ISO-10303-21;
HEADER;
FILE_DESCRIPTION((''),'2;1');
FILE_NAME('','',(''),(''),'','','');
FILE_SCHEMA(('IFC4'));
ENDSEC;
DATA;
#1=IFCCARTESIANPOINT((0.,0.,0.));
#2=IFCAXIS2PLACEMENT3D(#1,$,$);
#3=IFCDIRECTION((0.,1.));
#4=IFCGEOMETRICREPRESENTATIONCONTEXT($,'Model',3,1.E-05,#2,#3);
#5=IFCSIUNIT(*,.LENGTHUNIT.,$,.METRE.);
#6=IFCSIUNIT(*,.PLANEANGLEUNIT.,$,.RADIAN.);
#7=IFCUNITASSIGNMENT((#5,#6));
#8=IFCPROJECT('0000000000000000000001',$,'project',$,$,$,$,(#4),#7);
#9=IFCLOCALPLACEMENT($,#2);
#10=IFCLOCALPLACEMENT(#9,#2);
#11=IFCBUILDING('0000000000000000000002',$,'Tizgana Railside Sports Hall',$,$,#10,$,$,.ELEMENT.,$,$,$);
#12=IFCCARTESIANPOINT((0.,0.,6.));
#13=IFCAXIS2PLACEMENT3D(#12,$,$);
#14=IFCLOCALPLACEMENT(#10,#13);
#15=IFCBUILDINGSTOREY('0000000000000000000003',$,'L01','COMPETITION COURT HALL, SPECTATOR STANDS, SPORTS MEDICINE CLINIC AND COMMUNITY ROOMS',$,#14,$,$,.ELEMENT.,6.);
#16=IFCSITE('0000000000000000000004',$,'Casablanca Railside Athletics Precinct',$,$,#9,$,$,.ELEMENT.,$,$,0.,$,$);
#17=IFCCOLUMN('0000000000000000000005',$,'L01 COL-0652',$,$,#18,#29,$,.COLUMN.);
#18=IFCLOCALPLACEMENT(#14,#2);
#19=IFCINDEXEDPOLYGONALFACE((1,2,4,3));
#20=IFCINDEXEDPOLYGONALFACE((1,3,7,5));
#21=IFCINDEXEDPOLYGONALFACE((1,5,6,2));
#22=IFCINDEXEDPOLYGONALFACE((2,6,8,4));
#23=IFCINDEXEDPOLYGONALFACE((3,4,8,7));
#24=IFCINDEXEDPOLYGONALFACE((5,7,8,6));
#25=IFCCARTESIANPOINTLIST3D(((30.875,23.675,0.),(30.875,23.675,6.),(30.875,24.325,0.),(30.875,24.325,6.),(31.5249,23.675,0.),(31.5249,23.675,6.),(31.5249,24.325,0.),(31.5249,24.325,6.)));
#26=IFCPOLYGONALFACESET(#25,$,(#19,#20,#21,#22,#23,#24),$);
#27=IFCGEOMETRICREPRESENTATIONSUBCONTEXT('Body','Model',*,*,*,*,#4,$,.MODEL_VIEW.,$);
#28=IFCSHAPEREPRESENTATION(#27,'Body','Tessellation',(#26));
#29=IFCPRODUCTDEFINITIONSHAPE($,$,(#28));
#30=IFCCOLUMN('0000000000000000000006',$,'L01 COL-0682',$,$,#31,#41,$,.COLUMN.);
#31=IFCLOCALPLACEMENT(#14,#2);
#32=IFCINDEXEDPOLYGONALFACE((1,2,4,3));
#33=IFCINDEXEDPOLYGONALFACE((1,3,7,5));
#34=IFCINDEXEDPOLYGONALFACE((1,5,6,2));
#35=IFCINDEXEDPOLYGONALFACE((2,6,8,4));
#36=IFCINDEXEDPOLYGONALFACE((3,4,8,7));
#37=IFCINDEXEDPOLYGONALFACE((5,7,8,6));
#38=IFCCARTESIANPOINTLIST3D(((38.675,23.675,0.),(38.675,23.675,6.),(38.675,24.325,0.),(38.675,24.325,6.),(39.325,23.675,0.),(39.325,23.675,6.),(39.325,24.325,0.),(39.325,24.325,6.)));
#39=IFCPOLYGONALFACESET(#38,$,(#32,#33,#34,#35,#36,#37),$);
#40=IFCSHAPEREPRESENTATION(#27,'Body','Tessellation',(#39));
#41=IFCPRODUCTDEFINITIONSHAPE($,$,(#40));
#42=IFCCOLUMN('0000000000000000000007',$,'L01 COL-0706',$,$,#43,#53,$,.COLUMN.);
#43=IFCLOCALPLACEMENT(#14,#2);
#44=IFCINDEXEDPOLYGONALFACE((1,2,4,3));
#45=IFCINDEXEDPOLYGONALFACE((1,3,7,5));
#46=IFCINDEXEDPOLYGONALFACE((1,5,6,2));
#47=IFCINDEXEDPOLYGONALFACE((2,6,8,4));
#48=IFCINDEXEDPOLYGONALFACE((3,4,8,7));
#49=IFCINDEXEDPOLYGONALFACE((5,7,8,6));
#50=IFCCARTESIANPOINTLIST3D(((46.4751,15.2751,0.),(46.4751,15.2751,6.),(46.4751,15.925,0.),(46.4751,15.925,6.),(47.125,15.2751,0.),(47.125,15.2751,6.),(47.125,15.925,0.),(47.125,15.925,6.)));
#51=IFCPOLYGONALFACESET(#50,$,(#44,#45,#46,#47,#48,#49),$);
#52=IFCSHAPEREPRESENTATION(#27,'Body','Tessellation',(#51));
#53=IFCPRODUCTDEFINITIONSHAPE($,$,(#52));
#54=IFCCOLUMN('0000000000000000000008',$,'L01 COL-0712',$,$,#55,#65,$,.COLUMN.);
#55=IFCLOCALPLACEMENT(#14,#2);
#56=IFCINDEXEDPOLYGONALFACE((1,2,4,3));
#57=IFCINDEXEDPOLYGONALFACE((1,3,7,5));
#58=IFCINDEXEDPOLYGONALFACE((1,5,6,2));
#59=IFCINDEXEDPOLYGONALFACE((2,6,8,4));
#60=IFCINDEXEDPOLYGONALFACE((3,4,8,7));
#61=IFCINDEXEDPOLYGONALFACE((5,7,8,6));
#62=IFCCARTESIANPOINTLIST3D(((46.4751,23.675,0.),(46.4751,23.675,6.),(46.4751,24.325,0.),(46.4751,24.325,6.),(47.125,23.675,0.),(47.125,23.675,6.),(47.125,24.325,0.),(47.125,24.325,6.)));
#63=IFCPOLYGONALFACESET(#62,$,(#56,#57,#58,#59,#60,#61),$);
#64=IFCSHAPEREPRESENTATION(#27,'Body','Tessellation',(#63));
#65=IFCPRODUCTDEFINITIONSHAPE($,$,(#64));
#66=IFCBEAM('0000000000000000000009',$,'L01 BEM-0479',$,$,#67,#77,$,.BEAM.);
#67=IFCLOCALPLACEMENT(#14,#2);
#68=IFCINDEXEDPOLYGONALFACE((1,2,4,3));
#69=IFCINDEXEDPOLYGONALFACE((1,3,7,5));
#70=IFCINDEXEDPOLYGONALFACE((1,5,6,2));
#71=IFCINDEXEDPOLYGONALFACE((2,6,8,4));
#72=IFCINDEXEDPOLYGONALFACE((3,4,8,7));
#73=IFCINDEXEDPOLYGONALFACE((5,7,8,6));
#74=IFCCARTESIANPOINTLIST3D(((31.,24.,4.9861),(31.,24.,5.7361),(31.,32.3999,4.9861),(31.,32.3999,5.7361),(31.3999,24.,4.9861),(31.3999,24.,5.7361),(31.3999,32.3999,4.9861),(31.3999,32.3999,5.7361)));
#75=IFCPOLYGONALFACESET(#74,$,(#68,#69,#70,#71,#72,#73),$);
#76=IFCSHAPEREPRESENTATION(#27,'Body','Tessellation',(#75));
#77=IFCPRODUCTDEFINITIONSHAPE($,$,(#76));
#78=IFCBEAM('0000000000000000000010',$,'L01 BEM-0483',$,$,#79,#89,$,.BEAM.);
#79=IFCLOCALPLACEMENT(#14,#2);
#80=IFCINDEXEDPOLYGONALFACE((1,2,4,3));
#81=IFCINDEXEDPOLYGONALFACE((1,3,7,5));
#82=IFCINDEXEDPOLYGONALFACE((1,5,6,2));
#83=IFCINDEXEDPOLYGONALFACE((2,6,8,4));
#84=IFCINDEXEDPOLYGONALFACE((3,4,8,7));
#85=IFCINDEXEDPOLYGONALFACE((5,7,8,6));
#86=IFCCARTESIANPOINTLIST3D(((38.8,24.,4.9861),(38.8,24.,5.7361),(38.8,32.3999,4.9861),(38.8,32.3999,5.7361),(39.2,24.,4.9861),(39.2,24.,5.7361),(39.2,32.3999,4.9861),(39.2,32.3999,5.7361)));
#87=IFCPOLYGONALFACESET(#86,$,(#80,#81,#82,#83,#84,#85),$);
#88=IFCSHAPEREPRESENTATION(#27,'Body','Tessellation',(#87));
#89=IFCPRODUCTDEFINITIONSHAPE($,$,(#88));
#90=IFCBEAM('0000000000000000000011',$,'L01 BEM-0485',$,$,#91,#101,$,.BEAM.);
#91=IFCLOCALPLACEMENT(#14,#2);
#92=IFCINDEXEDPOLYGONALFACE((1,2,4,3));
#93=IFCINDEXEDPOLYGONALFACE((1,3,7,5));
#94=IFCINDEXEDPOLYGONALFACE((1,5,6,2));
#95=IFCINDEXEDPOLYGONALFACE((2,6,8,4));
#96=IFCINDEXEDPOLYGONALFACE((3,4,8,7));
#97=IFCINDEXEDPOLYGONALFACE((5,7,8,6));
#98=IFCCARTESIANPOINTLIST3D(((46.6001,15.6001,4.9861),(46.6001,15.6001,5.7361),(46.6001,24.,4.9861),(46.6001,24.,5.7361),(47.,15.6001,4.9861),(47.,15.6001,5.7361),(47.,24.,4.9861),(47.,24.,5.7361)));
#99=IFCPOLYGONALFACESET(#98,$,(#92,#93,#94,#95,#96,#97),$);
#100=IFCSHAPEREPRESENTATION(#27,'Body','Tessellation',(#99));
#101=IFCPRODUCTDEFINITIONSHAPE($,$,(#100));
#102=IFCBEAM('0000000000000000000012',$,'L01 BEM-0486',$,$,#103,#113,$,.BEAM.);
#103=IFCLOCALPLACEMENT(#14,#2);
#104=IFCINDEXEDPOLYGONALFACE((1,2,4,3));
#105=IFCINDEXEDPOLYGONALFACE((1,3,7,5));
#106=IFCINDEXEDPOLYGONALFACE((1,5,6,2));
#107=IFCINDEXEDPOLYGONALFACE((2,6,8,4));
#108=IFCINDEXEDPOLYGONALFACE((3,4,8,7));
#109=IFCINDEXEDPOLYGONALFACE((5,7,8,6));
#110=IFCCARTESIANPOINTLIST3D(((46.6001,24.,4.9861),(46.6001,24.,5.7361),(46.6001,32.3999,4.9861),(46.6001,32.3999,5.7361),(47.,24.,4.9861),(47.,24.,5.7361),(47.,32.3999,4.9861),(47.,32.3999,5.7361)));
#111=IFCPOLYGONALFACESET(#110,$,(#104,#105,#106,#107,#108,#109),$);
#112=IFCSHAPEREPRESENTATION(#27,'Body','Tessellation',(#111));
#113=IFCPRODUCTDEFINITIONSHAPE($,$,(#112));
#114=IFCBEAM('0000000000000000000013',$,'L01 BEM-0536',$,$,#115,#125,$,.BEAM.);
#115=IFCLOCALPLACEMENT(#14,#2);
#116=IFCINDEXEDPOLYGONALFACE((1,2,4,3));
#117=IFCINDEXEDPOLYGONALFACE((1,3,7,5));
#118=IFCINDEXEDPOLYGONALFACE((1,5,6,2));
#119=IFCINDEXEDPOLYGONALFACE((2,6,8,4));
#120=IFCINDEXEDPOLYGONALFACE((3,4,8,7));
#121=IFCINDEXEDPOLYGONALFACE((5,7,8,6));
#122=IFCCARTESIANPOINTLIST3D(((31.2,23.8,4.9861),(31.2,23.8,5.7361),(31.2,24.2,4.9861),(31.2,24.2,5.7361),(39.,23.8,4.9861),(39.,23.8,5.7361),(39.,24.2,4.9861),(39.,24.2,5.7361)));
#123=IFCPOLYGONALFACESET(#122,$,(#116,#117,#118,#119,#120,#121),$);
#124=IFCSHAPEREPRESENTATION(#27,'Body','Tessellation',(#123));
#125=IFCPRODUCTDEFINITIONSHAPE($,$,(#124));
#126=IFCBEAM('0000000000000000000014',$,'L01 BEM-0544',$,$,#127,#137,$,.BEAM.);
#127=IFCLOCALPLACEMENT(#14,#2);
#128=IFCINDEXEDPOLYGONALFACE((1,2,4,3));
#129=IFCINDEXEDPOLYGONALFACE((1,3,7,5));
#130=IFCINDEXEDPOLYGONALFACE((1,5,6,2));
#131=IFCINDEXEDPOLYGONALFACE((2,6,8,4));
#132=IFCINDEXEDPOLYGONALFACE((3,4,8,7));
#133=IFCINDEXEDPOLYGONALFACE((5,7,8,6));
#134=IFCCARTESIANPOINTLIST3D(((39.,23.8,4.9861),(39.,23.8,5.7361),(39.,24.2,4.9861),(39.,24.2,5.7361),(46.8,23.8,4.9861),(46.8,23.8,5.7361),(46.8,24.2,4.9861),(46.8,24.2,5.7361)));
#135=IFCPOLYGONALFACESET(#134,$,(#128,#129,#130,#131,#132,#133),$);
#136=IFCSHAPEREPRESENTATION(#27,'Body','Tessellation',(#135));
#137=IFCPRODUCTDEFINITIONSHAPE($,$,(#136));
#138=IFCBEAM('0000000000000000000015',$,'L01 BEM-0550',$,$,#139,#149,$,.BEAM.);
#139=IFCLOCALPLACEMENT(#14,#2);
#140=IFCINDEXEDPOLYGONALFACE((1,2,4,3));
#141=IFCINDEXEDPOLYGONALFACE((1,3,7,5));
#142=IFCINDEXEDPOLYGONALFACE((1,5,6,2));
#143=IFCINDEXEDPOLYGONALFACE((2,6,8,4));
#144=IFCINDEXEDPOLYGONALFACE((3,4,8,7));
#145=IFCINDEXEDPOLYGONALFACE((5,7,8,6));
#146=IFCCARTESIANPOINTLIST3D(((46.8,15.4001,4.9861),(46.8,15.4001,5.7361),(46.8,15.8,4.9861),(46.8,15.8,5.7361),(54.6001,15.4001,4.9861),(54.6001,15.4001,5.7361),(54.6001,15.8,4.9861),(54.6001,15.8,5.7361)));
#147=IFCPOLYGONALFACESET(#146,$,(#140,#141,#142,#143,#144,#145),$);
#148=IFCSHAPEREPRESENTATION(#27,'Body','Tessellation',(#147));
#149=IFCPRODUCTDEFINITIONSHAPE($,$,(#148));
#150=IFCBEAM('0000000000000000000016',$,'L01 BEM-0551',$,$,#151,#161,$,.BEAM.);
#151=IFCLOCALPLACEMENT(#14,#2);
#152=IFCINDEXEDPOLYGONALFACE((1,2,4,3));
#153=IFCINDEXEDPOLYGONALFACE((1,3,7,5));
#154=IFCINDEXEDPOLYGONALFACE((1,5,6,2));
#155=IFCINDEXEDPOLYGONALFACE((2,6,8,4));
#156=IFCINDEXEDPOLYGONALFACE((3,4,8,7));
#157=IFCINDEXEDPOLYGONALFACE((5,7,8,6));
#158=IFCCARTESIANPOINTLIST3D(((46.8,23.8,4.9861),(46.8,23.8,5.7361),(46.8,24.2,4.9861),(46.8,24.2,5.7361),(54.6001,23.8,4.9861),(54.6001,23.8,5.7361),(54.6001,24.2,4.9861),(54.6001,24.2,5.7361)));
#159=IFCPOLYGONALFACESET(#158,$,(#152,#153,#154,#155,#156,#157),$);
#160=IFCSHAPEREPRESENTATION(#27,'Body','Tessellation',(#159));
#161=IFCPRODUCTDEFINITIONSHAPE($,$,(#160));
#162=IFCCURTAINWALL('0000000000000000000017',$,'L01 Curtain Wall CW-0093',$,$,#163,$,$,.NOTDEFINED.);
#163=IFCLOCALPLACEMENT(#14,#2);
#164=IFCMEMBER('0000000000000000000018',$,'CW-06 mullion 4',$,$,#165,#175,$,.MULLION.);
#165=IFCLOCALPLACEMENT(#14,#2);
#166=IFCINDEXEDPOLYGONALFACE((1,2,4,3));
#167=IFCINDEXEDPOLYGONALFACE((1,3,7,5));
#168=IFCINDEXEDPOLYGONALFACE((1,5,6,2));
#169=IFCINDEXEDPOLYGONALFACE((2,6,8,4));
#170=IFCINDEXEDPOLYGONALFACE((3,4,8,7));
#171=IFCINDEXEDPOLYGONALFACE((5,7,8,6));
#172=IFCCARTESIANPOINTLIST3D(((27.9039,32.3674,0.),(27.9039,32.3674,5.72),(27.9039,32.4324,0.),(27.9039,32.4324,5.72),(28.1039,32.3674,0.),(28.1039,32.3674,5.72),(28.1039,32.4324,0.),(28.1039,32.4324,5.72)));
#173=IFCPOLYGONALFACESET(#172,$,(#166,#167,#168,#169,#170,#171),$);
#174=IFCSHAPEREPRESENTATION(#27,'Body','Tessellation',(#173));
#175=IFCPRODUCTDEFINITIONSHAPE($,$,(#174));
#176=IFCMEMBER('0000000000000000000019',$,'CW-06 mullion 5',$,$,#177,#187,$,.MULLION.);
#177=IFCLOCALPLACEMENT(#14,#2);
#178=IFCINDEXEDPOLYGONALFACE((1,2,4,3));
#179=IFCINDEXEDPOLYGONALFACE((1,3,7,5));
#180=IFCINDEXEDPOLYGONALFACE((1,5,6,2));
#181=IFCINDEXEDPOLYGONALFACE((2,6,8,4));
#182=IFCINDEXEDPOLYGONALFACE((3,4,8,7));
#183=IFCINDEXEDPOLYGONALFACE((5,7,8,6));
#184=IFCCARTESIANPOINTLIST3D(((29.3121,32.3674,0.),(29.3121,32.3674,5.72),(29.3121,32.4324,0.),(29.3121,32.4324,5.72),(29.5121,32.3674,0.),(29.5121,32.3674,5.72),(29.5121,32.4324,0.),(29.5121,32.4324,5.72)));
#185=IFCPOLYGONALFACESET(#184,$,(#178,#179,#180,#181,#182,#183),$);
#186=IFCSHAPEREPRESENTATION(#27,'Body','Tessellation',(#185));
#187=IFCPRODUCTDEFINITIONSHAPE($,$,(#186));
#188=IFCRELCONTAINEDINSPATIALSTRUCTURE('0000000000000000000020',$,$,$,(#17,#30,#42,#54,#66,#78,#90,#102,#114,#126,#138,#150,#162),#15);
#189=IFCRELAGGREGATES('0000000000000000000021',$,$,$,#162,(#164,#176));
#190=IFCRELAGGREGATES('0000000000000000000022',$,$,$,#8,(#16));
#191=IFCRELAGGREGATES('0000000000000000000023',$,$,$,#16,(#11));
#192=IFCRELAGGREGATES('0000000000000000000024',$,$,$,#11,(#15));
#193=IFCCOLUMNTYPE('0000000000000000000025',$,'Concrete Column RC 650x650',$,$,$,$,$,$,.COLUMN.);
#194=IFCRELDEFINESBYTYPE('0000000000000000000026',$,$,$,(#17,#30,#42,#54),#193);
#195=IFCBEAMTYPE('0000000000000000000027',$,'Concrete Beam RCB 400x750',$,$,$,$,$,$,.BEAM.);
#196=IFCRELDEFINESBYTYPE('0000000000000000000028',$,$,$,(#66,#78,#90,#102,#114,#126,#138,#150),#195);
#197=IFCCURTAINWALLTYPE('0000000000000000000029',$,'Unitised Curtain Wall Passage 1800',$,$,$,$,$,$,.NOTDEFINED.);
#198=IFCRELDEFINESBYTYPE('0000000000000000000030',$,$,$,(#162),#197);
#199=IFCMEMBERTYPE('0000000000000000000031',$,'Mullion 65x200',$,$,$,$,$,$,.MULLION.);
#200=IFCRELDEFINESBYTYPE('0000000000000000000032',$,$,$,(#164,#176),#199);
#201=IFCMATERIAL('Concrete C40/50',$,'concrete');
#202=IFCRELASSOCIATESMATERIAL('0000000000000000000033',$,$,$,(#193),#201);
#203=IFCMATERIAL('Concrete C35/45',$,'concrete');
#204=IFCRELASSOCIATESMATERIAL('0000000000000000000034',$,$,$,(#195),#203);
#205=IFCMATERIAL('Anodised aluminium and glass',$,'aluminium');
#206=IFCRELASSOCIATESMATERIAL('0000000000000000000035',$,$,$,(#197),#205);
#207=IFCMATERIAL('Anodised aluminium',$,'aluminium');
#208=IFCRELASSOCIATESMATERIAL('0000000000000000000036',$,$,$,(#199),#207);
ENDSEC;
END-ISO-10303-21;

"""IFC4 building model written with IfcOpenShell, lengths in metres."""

from ifc_helpers import new_model, si_unit, direction, frame, origin, origin_2d, place, context, subcontext, project, spatial, rectangle, extrude, material, material_profile, profile_set, type_object, element, aggregate, save


model = new_model("IFC4")

# Units and contexts
model_context = context("Model", 3, precision=1e-05, world=origin(), true_north=direction((0.0, 1.0)))
body_context = subcontext(model_context, "Body", "Model", "MODEL_VIEW")
ifc_project = project(units=[si_unit("LENGTHUNIT", "METRE"), si_unit("PLANEANGLEUNIT", "RADIAN")], contexts=[model_context])

# Site, building, storey
site_placement = place(None, origin())
site = spatial("IfcSite", under=ifc_project, at=site_placement, Name="Casablanca Railside Athletics Precinct", CompositionType="ELEMENT", RefElevation=0.0)
building_placement = place(site_placement, origin())
building = spatial("IfcBuilding", under=site, at=building_placement, Name="Tizgana Railside Sports Hall", CompositionType="ELEMENT")
storey_placement = place(building_placement, frame((0.0, 0.0, 6.0)))
storey = spatial("IfcBuildingStorey", under=building, at=storey_placement, Name="L01", Description="COMPETITION COURT HALL, SPECTATOR STANDS, SPORTS MEDICINE CLINIC AND COMMUNITY ROOMS", CompositionType="ELEMENT", Elevation=6.0)

# Columns
ifc_material_1 = material(Name="Concrete C40/50", Category="concrete")
ifc_material_profile_1 = material_profile(ifc_material_1, rectangle(XDim=0.6499, YDim=0.6499, at=origin_2d()), Name="RC 650x650")
ifc_profile_set_1 = profile_set([ifc_material_profile_1], Name="Concrete C40/50")
column_type = type_object("IfcColumnType", Name="Concrete Column RC 650x650", PredefinedType="COLUMN", material=ifc_profile_set_1)
for number, where, z_axis, x_axis, name in (
    (1, (31.2, 24.0, 0.0), (0.0, 0.0, 1.0), (1.0, 0.0, 0.0), "L01 COL-0652"),
    (2, (39.0, 24.0, 0.0), (0.0, 0.0, 1.0), (1.0, 0.0, 0.0), "L01 COL-0682"),
    (3, (46.8, 15.6001, 0.0), (0.0, 0.0, 1.0), (1.0, 0.0, 0.0), "L01 COL-0706"),
    (4, (46.8, 24.0, 0.0), (0.0, 0.0, 1.0), (1.0, 0.0, 0.0), "L01 COL-0712"),
):
    element("IfcColumn", number, at=place(storey_placement, frame(where, z_axis=z_axis, x_axis=x_axis)), inside=storey, type_object=column_type, Name=name, PredefinedType="COLUMN", context=body_context, shape_type="SweptSolid", body=[
        extrude(rectangle(XDim=0.6499, YDim=0.6499, at=origin_2d()), origin(), (0.0, 0.0, 1.0), 6.0),
    ])

# Beams
ifc_material_2 = material(Name="Concrete C35/45", Category="concrete")
ifc_material_profile_2 = material_profile(ifc_material_2, rectangle(XDim=0.3999, YDim=0.75, at=origin_2d()), Name="RCB 400x750")
ifc_profile_set_2 = profile_set([ifc_material_profile_2], Name="Concrete C35/45")
beam_type_1 = type_object("IfcBeamType", Name="Concrete Beam RCB 400x750", PredefinedType="BEAM", material=ifc_profile_set_2)
for number, where, z_axis, x_axis, name in (
    (5, (31.2, 24.0, 5.3611), (0.0, 1.0, 0.0), (-1.0, 0.0, 0.0), "L01 BEM-0479"),
    (6, (39.0, 24.0, 5.3611), (0.0, 1.0, 0.0), (-1.0, 0.0, 0.0), "L01 BEM-0483"),
    (7, (46.8, 15.6001, 5.3611), (0.0, 1.0, 0.0), (-1.0, 0.0, 0.0), "L01 BEM-0485"),
    (8, (46.8, 24.0, 5.3611), (0.0, 1.0, 0.0), (-1.0, 0.0, 0.0), "L01 BEM-0486"),
):
    element("IfcBeam", number, at=place(storey_placement, frame(where, z_axis=z_axis, x_axis=x_axis)), inside=storey, type_object=beam_type_1, Name=name, PredefinedType="BEAM", context=body_context, shape_type="SweptSolid", body=[
        extrude(rectangle(XDim=0.3999, YDim=0.75, at=origin_2d()), origin(), (0.0, 0.0, 1.0), 8.3999),
    ])
for number, where, z_axis, x_axis, name in (
    (9, (31.2, 24.0, 5.3611), (1.0, 0.0, 0.0), (0.0, 1.0, 0.0), "L01 BEM-0536"),
    (10, (39.0, 24.0, 5.3611), (1.0, 0.0, 0.0), (0.0, 1.0, 0.0), "L01 BEM-0544"),
    (11, (46.8, 15.6001, 5.3611), (1.0, 0.0, 0.0), (0.0, 1.0, 0.0), "L01 BEM-0550"),
    (12, (46.8, 24.0, 5.3611), (1.0, 0.0, 0.0), (0.0, 1.0, 0.0), "L01 BEM-0551"),
):
    element("IfcBeam", number, at=place(storey_placement, frame(where, z_axis=z_axis, x_axis=x_axis)), inside=storey, type_object=beam_type_1, Name=name, PredefinedType="BEAM", context=body_context, shape_type="SweptSolid", body=[
        extrude(rectangle(XDim=0.3999, YDim=0.75, at=origin_2d()), origin(), (0.0, 0.0, 1.0), 7.8),
    ])

# Curtain wall, members
ifc_material_3 = material(Name="Anodised aluminium and glass", Category="aluminium")
curtain_wall_type = type_object("IfcCurtainWallType", Name="Unitised Curtain Wall Passage 1800", PredefinedType="NOTDEFINED", material=ifc_material_3)
curtain_wall_placement = place(storey_placement, origin())
curtain_wall = element("IfcCurtainWall", 13, at=curtain_wall_placement, inside=storey, type_object=curtain_wall_type, Name="L01 Curtain Wall CW-0093", PredefinedType="NOTDEFINED")
ifc_material_4 = material(Name="Anodised aluminium", Category="aluminium")
ifc_material_profile_3 = material_profile(ifc_material_4, rectangle(XDim=0.0649, YDim=0.2, at=origin_2d()), Name="Mullion 65x200")
ifc_profile_set_3 = profile_set([ifc_material_profile_3], Name="Anodised aluminium")
member_type_1 = type_object("IfcMemberType", Name="Mullion 65x200", PredefinedType="MULLION", material=ifc_profile_set_3)
member_1_placement = place(storey_placement, frame((28.0039, 32.3999, 0.0), z_axis=(0.0, 0.0, 1.0), x_axis=(0.0, 1.0, 0.0)))
member_1 = element("IfcMember", 14, at=member_1_placement, type_object=member_type_1, Name="CW-06 mullion 4", PredefinedType="MULLION", context=body_context, shape_type="SweptSolid", body=[
    extrude(rectangle(XDim=0.0649, YDim=0.2, at=origin_2d()), origin(), (0.0, 0.0, 1.0), 5.72),
])
member_2_placement = place(storey_placement, frame((29.4121, 32.3999, 0.0), z_axis=(0.0, 0.0, 1.0), x_axis=(0.0, 1.0, 0.0)))
member_2 = element("IfcMember", 15, at=member_2_placement, type_object=member_type_1, Name="CW-06 mullion 5", PredefinedType="MULLION", context=body_context, shape_type="SweptSolid", body=[
    extrude(rectangle(XDim=0.0649, YDim=0.2, at=origin_2d()), origin(), (0.0, 0.0, 1.0), 5.72),
])

aggregate(curtain_wall, [member_1, member_2])

save(model, "model.ifc")
